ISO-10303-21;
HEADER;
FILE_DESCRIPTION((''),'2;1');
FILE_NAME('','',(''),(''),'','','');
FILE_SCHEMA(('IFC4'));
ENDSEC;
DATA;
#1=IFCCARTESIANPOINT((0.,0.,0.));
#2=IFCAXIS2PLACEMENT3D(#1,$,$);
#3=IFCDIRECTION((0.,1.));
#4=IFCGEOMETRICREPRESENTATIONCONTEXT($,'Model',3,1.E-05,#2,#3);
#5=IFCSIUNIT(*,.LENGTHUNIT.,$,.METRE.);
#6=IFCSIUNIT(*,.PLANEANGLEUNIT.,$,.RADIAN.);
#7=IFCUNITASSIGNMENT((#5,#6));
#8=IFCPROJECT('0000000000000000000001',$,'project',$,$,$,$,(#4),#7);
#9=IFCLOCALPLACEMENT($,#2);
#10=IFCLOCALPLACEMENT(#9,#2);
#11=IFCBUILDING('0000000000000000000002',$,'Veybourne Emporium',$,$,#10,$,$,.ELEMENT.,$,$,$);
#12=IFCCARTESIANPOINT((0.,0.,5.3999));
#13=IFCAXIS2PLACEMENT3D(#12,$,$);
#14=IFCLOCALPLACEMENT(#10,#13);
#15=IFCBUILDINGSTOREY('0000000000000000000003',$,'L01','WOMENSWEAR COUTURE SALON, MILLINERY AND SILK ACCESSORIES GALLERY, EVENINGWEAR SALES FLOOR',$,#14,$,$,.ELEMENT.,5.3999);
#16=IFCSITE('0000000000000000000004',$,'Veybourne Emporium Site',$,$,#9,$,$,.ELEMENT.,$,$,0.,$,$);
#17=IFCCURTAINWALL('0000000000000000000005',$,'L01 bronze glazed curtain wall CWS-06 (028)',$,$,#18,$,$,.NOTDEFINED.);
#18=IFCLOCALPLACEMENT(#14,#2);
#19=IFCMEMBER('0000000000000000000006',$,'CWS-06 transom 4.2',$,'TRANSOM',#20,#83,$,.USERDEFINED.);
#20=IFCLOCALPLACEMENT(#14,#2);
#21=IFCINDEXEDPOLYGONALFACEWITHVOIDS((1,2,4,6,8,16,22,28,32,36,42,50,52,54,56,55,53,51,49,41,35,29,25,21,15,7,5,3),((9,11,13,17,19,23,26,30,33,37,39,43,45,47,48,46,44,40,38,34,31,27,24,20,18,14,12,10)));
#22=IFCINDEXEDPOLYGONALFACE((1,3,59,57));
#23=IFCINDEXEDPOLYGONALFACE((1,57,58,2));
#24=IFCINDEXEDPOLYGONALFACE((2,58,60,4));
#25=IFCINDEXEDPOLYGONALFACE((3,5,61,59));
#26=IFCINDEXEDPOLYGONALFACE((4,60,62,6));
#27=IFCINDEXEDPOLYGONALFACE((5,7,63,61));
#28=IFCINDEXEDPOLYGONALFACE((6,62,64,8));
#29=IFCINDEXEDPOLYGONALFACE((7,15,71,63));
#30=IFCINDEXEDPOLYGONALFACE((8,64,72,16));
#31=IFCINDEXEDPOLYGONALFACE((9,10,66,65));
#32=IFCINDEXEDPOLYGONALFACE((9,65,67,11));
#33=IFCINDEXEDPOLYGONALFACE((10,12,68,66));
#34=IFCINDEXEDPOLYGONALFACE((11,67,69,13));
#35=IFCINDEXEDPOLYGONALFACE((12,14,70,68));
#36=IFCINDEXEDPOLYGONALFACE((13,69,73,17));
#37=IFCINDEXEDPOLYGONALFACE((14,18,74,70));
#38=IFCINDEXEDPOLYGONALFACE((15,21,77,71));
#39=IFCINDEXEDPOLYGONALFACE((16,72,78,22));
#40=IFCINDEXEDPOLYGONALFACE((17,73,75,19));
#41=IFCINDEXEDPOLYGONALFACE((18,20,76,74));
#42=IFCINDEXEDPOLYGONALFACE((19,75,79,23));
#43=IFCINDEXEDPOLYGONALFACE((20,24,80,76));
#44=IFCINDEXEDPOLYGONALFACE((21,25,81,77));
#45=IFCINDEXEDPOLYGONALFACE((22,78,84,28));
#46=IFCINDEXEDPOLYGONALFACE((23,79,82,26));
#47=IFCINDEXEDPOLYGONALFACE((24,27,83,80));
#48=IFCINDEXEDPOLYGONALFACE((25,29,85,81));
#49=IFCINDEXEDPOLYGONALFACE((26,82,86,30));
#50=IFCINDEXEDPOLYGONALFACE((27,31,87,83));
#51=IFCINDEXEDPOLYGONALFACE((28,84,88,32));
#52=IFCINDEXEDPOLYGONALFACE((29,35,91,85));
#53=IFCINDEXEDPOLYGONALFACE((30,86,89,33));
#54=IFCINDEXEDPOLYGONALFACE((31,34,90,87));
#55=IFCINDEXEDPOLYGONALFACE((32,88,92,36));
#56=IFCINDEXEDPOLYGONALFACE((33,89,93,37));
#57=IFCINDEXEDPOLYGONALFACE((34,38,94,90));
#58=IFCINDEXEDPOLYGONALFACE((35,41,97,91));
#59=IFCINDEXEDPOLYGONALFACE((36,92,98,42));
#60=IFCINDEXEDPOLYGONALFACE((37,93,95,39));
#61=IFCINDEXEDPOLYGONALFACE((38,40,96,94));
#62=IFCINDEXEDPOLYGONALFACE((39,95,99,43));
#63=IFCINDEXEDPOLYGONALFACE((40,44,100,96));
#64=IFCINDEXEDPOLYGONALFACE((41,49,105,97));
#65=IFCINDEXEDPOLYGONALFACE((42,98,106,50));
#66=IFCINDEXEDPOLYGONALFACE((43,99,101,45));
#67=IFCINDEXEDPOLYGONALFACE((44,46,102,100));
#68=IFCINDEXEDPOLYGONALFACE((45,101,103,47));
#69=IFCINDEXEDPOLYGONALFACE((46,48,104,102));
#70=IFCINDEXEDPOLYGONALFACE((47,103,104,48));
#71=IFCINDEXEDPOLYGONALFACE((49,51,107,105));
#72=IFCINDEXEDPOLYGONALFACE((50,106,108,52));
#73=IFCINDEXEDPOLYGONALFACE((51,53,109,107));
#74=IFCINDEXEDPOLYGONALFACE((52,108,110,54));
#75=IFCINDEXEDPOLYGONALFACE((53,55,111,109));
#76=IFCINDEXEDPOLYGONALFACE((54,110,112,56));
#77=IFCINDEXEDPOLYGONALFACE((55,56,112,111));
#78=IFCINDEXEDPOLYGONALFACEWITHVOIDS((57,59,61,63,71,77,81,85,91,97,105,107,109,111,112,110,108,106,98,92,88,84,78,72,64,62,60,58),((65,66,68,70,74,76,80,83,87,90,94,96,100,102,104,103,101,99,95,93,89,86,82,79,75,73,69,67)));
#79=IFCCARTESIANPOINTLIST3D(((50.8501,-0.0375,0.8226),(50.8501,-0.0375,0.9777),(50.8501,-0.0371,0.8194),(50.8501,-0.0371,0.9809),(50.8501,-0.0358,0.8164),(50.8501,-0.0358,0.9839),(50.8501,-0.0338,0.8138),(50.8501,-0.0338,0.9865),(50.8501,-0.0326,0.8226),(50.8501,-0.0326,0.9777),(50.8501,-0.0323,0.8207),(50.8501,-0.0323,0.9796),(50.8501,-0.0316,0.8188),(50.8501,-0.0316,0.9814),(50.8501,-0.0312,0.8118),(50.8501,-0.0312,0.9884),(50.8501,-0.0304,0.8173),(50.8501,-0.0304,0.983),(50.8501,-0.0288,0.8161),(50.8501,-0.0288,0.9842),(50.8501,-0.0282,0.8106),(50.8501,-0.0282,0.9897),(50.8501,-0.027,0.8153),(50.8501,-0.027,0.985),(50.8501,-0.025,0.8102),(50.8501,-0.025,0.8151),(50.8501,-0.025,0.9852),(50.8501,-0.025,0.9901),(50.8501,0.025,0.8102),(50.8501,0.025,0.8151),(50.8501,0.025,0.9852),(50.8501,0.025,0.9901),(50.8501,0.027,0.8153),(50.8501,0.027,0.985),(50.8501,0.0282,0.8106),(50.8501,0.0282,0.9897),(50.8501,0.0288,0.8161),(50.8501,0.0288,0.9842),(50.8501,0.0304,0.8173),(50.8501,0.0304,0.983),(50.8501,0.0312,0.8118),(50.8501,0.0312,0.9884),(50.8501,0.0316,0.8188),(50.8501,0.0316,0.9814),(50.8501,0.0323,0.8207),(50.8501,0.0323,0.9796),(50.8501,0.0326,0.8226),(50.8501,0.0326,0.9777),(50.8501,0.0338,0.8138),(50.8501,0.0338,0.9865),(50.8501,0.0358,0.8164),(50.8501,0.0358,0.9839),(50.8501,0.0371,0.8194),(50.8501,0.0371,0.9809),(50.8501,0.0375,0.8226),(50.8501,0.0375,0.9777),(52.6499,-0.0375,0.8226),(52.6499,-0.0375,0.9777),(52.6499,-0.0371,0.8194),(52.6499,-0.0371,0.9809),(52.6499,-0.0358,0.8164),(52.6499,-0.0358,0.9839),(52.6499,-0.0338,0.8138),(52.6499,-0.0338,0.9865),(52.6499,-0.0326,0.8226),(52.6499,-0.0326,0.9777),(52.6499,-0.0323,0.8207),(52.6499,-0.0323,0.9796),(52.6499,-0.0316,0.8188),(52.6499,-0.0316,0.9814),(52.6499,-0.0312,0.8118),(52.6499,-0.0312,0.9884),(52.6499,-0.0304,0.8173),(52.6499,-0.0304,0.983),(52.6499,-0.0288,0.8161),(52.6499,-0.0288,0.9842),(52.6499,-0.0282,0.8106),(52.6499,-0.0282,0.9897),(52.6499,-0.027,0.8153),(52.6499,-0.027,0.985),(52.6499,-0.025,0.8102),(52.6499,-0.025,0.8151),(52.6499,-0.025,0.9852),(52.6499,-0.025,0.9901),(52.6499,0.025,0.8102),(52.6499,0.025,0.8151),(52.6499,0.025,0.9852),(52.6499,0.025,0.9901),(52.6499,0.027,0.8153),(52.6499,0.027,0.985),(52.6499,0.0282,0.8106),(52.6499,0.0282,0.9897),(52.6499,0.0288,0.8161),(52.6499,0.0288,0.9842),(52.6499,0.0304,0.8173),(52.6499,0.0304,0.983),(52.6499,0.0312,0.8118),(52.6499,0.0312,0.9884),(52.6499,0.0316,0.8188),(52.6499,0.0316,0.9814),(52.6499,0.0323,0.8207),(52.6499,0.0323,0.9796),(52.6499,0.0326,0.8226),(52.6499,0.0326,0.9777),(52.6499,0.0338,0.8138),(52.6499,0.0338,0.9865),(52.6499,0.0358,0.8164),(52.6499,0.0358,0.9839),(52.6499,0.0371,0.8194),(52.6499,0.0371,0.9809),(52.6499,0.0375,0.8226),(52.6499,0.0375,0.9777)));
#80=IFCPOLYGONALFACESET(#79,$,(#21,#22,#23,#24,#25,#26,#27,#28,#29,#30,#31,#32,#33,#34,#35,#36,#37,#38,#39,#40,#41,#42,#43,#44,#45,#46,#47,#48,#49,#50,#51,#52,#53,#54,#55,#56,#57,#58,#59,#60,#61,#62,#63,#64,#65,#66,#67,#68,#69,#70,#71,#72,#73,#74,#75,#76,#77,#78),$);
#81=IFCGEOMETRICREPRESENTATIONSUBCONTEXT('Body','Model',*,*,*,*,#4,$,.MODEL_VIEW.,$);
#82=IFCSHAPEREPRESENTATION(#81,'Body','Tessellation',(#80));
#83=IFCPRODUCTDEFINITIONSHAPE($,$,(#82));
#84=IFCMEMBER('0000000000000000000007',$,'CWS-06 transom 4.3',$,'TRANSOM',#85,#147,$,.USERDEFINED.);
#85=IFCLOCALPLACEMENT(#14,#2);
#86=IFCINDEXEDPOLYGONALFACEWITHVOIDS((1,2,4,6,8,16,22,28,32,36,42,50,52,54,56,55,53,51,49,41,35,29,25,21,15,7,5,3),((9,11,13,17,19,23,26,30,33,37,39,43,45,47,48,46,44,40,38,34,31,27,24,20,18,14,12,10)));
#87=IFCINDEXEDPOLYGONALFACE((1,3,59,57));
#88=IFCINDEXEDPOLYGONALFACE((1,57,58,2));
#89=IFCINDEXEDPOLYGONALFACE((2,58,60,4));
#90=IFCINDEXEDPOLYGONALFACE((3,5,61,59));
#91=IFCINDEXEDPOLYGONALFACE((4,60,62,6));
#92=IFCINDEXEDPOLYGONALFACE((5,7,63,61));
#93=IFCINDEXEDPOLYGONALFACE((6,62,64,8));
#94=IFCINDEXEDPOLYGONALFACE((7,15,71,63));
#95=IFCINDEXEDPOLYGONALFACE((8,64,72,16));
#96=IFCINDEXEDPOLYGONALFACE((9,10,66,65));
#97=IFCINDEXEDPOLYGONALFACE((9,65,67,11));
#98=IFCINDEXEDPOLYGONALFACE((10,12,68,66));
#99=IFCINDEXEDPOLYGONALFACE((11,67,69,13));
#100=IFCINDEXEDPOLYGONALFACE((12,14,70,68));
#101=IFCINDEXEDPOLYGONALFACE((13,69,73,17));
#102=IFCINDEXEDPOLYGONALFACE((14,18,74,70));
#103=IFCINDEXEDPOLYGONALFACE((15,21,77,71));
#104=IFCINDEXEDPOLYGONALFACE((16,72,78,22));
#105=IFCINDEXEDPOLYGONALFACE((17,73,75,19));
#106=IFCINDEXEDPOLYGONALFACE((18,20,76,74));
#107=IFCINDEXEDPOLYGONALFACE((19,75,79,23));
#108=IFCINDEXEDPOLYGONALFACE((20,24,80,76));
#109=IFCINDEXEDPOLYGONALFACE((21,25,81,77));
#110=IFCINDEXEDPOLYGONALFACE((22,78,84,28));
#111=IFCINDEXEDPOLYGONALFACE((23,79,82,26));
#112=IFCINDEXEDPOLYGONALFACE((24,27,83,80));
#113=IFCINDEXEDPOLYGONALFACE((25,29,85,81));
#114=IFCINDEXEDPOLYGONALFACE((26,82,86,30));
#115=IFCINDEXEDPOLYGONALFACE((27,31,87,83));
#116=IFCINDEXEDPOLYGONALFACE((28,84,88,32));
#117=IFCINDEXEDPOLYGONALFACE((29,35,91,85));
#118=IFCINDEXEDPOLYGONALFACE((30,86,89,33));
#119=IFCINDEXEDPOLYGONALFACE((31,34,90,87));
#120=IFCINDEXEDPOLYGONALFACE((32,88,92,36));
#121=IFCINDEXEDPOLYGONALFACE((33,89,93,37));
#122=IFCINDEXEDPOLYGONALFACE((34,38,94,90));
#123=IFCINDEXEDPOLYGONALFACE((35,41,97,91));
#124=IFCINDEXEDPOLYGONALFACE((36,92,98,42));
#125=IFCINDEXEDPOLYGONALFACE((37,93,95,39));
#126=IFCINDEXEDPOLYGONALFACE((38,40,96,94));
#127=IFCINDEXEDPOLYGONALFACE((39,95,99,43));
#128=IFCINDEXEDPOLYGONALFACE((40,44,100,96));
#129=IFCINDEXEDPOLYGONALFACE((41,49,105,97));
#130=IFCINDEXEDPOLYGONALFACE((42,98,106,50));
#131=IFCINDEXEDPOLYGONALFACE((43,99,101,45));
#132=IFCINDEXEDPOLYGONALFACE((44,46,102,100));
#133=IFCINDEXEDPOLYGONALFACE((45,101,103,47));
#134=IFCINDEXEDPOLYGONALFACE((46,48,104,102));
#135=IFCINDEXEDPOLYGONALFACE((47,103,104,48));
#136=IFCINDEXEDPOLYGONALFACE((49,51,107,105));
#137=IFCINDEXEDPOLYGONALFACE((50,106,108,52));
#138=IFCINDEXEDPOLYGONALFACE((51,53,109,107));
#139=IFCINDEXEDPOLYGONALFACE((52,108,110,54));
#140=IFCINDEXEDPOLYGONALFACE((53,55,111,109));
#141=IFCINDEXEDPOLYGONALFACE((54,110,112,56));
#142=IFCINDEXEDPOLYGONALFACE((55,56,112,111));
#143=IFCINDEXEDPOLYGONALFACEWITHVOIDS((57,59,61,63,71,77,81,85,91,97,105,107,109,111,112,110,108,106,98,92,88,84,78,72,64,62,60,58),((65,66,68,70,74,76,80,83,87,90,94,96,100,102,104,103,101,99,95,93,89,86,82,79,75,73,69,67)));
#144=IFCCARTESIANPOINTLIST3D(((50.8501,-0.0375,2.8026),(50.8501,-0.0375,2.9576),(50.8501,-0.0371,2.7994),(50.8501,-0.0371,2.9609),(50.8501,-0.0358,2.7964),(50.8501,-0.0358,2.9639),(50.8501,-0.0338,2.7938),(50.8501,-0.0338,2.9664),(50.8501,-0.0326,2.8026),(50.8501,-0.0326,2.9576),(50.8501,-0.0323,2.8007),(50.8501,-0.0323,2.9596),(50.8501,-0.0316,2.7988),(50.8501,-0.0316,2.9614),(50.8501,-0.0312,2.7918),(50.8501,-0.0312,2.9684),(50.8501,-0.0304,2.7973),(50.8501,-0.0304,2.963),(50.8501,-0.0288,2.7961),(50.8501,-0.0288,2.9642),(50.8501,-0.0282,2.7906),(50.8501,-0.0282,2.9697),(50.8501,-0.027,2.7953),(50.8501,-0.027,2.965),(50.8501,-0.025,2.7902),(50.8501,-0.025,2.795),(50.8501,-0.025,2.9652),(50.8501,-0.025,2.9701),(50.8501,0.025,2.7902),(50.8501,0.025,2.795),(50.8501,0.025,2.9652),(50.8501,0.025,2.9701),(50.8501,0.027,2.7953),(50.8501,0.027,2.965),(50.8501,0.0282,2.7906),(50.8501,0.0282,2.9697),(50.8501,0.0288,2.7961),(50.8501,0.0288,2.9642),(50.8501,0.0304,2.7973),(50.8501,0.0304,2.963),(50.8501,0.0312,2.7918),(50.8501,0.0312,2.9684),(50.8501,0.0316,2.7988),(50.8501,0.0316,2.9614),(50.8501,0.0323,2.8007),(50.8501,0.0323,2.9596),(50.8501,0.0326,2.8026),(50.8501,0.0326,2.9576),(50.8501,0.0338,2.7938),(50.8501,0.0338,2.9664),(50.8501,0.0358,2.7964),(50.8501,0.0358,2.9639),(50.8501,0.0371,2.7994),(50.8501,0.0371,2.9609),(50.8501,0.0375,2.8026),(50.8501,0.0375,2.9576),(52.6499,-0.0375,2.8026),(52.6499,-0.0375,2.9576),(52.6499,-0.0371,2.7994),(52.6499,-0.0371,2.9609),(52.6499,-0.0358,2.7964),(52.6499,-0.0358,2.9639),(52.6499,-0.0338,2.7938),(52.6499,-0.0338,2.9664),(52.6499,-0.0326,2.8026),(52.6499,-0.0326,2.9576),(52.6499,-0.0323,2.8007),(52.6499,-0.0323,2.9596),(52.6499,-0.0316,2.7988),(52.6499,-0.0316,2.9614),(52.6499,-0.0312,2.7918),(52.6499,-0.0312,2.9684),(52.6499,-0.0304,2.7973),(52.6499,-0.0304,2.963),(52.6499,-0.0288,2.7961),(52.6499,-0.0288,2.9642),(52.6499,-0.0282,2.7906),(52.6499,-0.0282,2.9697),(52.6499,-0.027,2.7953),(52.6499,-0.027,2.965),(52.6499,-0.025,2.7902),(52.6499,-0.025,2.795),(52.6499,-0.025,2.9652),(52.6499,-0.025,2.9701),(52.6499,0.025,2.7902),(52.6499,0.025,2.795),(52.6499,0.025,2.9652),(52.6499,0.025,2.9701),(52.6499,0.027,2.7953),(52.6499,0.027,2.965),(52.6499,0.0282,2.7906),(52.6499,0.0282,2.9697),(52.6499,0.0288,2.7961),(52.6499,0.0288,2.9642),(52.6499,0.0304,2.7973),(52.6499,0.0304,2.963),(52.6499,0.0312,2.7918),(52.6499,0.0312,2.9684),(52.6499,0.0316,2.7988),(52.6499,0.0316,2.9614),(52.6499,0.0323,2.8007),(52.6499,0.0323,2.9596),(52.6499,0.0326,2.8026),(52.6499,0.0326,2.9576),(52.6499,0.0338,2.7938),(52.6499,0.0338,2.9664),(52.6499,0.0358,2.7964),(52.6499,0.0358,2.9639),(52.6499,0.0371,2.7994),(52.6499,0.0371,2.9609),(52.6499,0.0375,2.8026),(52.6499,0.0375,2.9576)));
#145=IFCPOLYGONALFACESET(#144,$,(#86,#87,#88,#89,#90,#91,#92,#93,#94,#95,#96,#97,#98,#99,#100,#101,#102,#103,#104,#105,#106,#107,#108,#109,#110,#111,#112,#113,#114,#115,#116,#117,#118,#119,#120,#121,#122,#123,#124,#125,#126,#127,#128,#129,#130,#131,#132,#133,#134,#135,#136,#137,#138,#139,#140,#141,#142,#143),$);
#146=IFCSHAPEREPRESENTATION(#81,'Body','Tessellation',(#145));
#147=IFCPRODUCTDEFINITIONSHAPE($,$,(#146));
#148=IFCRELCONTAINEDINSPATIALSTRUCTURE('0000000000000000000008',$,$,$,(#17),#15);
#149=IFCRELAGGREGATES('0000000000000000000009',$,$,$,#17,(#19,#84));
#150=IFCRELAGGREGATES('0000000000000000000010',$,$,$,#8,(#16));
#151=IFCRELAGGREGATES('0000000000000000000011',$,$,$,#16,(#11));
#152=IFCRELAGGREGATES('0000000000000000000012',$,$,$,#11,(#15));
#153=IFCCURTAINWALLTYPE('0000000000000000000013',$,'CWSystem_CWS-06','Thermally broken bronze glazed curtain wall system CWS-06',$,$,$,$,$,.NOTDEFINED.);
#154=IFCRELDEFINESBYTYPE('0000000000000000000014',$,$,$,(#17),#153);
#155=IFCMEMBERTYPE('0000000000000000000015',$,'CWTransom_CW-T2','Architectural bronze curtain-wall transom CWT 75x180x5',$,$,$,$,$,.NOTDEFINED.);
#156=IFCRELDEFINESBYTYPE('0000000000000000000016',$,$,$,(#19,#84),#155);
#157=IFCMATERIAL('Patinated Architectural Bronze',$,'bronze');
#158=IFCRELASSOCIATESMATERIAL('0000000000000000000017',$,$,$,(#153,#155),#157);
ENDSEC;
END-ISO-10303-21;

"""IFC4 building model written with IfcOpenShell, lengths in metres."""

from ifc_helpers import new_model, si_unit, direction, frame, origin, origin_2d, place, context, subcontext, project, spatial, hollow_rectangle, extrude, material, material_profile, profile_set, type_object, element, aggregate, save


model = new_model("IFC4")

# Units and contexts
model_context = context("Model", 3, precision=1e-05, world=origin(), true_north=direction((0.0, 1.0)))
body_context = subcontext(model_context, "Body", "Model", "MODEL_VIEW")
ifc_project = project(units=[si_unit("LENGTHUNIT", "METRE"), si_unit("PLANEANGLEUNIT", "RADIAN")], contexts=[model_context])

# Site, building, storey
site_placement = place(None, origin())
site = spatial("IfcSite", under=ifc_project, at=site_placement, Name="Veybourne Emporium Site", CompositionType="ELEMENT", RefElevation=0.0)
building_placement = place(site_placement, origin())
building = spatial("IfcBuilding", under=site, at=building_placement, Name="Veybourne Emporium", CompositionType="ELEMENT")
storey_placement = place(building_placement, frame((0.0, 0.0, 5.3999)))
storey = spatial("IfcBuildingStorey", under=building, at=storey_placement, Name="L01", Description="WOMENSWEAR COUTURE SALON, MILLINERY AND SILK ACCESSORIES GALLERY, EVENINGWEAR SALES FLOOR", CompositionType="ELEMENT", Elevation=5.3999)

# Curtain wall, members
ifc_material_1 = material(Name="Patinated Architectural Bronze", Category="bronze")
curtain_wall_type = type_object("IfcCurtainWallType", Name="CWSystem_CWS-06", Description="Thermally broken bronze glazed curtain wall system CWS-06", PredefinedType="NOTDEFINED", material=ifc_material_1)
curtain_wall_placement = place(storey_placement, origin())
curtain_wall = element("IfcCurtainWall", 1, at=curtain_wall_placement, inside=storey, type_object=curtain_wall_type, Name="L01 bronze glazed curtain wall CWS-06 (028)", PredefinedType="NOTDEFINED")
ifc_material_profile_1 = material_profile(ifc_material_1, hollow_rectangle(XDim=0.075, YDim=0.1799, WallThickness=0.0049, InnerFilletRadius=0.0076, OuterFilletRadius=0.0125, at=origin_2d()), Name="CWT 75x180x5")
ifc_profile_set_1 = profile_set([ifc_material_profile_1], Name="Patinated Architectural Bronze")
member_type_1 = type_object("IfcMemberType", Name="CWTransom_CW-T2", Description="Architectural bronze curtain-wall transom CWT 75x180x5", PredefinedType="NOTDEFINED", material=ifc_profile_set_1)
member_1_placement = place(storey_placement, frame((52.6499, 0.0, 0.9001), z_axis=(-1.0, 0.0, 0.0), x_axis=(0.0, -1.0, 0.0)))
member_1 = element("IfcMember", 2, at=member_1_placement, type_object=member_type_1, Name="CWS-06 transom 4.2", ObjectType="TRANSOM", PredefinedType="USERDEFINED", context=body_context, shape_type="SweptSolid", body=[
    extrude(hollow_rectangle(XDim=0.075, YDim=0.1799, WallThickness=0.0049, InnerFilletRadius=0.0076, OuterFilletRadius=0.0125, at=origin_2d()), origin(), (0.0, 0.0, 1.0), 1.7998),
])
member_2_placement = place(storey_placement, frame((52.6499, 0.0, 2.8801), z_axis=(-1.0, 0.0, 0.0), x_axis=(0.0, -1.0, 0.0)))
member_2 = element("IfcMember", 3, at=member_2_placement, type_object=member_type_1, Name="CWS-06 transom 4.3", ObjectType="TRANSOM", PredefinedType="USERDEFINED", context=body_context, shape_type="SweptSolid", body=[
    extrude(hollow_rectangle(XDim=0.075, YDim=0.1799, WallThickness=0.0049, InnerFilletRadius=0.0076, OuterFilletRadius=0.0125, at=origin_2d()), origin(), (0.0, 0.0, 1.0), 1.7998),
])

aggregate(curtain_wall, [member_1, member_2])

save(model, "model.ifc")
